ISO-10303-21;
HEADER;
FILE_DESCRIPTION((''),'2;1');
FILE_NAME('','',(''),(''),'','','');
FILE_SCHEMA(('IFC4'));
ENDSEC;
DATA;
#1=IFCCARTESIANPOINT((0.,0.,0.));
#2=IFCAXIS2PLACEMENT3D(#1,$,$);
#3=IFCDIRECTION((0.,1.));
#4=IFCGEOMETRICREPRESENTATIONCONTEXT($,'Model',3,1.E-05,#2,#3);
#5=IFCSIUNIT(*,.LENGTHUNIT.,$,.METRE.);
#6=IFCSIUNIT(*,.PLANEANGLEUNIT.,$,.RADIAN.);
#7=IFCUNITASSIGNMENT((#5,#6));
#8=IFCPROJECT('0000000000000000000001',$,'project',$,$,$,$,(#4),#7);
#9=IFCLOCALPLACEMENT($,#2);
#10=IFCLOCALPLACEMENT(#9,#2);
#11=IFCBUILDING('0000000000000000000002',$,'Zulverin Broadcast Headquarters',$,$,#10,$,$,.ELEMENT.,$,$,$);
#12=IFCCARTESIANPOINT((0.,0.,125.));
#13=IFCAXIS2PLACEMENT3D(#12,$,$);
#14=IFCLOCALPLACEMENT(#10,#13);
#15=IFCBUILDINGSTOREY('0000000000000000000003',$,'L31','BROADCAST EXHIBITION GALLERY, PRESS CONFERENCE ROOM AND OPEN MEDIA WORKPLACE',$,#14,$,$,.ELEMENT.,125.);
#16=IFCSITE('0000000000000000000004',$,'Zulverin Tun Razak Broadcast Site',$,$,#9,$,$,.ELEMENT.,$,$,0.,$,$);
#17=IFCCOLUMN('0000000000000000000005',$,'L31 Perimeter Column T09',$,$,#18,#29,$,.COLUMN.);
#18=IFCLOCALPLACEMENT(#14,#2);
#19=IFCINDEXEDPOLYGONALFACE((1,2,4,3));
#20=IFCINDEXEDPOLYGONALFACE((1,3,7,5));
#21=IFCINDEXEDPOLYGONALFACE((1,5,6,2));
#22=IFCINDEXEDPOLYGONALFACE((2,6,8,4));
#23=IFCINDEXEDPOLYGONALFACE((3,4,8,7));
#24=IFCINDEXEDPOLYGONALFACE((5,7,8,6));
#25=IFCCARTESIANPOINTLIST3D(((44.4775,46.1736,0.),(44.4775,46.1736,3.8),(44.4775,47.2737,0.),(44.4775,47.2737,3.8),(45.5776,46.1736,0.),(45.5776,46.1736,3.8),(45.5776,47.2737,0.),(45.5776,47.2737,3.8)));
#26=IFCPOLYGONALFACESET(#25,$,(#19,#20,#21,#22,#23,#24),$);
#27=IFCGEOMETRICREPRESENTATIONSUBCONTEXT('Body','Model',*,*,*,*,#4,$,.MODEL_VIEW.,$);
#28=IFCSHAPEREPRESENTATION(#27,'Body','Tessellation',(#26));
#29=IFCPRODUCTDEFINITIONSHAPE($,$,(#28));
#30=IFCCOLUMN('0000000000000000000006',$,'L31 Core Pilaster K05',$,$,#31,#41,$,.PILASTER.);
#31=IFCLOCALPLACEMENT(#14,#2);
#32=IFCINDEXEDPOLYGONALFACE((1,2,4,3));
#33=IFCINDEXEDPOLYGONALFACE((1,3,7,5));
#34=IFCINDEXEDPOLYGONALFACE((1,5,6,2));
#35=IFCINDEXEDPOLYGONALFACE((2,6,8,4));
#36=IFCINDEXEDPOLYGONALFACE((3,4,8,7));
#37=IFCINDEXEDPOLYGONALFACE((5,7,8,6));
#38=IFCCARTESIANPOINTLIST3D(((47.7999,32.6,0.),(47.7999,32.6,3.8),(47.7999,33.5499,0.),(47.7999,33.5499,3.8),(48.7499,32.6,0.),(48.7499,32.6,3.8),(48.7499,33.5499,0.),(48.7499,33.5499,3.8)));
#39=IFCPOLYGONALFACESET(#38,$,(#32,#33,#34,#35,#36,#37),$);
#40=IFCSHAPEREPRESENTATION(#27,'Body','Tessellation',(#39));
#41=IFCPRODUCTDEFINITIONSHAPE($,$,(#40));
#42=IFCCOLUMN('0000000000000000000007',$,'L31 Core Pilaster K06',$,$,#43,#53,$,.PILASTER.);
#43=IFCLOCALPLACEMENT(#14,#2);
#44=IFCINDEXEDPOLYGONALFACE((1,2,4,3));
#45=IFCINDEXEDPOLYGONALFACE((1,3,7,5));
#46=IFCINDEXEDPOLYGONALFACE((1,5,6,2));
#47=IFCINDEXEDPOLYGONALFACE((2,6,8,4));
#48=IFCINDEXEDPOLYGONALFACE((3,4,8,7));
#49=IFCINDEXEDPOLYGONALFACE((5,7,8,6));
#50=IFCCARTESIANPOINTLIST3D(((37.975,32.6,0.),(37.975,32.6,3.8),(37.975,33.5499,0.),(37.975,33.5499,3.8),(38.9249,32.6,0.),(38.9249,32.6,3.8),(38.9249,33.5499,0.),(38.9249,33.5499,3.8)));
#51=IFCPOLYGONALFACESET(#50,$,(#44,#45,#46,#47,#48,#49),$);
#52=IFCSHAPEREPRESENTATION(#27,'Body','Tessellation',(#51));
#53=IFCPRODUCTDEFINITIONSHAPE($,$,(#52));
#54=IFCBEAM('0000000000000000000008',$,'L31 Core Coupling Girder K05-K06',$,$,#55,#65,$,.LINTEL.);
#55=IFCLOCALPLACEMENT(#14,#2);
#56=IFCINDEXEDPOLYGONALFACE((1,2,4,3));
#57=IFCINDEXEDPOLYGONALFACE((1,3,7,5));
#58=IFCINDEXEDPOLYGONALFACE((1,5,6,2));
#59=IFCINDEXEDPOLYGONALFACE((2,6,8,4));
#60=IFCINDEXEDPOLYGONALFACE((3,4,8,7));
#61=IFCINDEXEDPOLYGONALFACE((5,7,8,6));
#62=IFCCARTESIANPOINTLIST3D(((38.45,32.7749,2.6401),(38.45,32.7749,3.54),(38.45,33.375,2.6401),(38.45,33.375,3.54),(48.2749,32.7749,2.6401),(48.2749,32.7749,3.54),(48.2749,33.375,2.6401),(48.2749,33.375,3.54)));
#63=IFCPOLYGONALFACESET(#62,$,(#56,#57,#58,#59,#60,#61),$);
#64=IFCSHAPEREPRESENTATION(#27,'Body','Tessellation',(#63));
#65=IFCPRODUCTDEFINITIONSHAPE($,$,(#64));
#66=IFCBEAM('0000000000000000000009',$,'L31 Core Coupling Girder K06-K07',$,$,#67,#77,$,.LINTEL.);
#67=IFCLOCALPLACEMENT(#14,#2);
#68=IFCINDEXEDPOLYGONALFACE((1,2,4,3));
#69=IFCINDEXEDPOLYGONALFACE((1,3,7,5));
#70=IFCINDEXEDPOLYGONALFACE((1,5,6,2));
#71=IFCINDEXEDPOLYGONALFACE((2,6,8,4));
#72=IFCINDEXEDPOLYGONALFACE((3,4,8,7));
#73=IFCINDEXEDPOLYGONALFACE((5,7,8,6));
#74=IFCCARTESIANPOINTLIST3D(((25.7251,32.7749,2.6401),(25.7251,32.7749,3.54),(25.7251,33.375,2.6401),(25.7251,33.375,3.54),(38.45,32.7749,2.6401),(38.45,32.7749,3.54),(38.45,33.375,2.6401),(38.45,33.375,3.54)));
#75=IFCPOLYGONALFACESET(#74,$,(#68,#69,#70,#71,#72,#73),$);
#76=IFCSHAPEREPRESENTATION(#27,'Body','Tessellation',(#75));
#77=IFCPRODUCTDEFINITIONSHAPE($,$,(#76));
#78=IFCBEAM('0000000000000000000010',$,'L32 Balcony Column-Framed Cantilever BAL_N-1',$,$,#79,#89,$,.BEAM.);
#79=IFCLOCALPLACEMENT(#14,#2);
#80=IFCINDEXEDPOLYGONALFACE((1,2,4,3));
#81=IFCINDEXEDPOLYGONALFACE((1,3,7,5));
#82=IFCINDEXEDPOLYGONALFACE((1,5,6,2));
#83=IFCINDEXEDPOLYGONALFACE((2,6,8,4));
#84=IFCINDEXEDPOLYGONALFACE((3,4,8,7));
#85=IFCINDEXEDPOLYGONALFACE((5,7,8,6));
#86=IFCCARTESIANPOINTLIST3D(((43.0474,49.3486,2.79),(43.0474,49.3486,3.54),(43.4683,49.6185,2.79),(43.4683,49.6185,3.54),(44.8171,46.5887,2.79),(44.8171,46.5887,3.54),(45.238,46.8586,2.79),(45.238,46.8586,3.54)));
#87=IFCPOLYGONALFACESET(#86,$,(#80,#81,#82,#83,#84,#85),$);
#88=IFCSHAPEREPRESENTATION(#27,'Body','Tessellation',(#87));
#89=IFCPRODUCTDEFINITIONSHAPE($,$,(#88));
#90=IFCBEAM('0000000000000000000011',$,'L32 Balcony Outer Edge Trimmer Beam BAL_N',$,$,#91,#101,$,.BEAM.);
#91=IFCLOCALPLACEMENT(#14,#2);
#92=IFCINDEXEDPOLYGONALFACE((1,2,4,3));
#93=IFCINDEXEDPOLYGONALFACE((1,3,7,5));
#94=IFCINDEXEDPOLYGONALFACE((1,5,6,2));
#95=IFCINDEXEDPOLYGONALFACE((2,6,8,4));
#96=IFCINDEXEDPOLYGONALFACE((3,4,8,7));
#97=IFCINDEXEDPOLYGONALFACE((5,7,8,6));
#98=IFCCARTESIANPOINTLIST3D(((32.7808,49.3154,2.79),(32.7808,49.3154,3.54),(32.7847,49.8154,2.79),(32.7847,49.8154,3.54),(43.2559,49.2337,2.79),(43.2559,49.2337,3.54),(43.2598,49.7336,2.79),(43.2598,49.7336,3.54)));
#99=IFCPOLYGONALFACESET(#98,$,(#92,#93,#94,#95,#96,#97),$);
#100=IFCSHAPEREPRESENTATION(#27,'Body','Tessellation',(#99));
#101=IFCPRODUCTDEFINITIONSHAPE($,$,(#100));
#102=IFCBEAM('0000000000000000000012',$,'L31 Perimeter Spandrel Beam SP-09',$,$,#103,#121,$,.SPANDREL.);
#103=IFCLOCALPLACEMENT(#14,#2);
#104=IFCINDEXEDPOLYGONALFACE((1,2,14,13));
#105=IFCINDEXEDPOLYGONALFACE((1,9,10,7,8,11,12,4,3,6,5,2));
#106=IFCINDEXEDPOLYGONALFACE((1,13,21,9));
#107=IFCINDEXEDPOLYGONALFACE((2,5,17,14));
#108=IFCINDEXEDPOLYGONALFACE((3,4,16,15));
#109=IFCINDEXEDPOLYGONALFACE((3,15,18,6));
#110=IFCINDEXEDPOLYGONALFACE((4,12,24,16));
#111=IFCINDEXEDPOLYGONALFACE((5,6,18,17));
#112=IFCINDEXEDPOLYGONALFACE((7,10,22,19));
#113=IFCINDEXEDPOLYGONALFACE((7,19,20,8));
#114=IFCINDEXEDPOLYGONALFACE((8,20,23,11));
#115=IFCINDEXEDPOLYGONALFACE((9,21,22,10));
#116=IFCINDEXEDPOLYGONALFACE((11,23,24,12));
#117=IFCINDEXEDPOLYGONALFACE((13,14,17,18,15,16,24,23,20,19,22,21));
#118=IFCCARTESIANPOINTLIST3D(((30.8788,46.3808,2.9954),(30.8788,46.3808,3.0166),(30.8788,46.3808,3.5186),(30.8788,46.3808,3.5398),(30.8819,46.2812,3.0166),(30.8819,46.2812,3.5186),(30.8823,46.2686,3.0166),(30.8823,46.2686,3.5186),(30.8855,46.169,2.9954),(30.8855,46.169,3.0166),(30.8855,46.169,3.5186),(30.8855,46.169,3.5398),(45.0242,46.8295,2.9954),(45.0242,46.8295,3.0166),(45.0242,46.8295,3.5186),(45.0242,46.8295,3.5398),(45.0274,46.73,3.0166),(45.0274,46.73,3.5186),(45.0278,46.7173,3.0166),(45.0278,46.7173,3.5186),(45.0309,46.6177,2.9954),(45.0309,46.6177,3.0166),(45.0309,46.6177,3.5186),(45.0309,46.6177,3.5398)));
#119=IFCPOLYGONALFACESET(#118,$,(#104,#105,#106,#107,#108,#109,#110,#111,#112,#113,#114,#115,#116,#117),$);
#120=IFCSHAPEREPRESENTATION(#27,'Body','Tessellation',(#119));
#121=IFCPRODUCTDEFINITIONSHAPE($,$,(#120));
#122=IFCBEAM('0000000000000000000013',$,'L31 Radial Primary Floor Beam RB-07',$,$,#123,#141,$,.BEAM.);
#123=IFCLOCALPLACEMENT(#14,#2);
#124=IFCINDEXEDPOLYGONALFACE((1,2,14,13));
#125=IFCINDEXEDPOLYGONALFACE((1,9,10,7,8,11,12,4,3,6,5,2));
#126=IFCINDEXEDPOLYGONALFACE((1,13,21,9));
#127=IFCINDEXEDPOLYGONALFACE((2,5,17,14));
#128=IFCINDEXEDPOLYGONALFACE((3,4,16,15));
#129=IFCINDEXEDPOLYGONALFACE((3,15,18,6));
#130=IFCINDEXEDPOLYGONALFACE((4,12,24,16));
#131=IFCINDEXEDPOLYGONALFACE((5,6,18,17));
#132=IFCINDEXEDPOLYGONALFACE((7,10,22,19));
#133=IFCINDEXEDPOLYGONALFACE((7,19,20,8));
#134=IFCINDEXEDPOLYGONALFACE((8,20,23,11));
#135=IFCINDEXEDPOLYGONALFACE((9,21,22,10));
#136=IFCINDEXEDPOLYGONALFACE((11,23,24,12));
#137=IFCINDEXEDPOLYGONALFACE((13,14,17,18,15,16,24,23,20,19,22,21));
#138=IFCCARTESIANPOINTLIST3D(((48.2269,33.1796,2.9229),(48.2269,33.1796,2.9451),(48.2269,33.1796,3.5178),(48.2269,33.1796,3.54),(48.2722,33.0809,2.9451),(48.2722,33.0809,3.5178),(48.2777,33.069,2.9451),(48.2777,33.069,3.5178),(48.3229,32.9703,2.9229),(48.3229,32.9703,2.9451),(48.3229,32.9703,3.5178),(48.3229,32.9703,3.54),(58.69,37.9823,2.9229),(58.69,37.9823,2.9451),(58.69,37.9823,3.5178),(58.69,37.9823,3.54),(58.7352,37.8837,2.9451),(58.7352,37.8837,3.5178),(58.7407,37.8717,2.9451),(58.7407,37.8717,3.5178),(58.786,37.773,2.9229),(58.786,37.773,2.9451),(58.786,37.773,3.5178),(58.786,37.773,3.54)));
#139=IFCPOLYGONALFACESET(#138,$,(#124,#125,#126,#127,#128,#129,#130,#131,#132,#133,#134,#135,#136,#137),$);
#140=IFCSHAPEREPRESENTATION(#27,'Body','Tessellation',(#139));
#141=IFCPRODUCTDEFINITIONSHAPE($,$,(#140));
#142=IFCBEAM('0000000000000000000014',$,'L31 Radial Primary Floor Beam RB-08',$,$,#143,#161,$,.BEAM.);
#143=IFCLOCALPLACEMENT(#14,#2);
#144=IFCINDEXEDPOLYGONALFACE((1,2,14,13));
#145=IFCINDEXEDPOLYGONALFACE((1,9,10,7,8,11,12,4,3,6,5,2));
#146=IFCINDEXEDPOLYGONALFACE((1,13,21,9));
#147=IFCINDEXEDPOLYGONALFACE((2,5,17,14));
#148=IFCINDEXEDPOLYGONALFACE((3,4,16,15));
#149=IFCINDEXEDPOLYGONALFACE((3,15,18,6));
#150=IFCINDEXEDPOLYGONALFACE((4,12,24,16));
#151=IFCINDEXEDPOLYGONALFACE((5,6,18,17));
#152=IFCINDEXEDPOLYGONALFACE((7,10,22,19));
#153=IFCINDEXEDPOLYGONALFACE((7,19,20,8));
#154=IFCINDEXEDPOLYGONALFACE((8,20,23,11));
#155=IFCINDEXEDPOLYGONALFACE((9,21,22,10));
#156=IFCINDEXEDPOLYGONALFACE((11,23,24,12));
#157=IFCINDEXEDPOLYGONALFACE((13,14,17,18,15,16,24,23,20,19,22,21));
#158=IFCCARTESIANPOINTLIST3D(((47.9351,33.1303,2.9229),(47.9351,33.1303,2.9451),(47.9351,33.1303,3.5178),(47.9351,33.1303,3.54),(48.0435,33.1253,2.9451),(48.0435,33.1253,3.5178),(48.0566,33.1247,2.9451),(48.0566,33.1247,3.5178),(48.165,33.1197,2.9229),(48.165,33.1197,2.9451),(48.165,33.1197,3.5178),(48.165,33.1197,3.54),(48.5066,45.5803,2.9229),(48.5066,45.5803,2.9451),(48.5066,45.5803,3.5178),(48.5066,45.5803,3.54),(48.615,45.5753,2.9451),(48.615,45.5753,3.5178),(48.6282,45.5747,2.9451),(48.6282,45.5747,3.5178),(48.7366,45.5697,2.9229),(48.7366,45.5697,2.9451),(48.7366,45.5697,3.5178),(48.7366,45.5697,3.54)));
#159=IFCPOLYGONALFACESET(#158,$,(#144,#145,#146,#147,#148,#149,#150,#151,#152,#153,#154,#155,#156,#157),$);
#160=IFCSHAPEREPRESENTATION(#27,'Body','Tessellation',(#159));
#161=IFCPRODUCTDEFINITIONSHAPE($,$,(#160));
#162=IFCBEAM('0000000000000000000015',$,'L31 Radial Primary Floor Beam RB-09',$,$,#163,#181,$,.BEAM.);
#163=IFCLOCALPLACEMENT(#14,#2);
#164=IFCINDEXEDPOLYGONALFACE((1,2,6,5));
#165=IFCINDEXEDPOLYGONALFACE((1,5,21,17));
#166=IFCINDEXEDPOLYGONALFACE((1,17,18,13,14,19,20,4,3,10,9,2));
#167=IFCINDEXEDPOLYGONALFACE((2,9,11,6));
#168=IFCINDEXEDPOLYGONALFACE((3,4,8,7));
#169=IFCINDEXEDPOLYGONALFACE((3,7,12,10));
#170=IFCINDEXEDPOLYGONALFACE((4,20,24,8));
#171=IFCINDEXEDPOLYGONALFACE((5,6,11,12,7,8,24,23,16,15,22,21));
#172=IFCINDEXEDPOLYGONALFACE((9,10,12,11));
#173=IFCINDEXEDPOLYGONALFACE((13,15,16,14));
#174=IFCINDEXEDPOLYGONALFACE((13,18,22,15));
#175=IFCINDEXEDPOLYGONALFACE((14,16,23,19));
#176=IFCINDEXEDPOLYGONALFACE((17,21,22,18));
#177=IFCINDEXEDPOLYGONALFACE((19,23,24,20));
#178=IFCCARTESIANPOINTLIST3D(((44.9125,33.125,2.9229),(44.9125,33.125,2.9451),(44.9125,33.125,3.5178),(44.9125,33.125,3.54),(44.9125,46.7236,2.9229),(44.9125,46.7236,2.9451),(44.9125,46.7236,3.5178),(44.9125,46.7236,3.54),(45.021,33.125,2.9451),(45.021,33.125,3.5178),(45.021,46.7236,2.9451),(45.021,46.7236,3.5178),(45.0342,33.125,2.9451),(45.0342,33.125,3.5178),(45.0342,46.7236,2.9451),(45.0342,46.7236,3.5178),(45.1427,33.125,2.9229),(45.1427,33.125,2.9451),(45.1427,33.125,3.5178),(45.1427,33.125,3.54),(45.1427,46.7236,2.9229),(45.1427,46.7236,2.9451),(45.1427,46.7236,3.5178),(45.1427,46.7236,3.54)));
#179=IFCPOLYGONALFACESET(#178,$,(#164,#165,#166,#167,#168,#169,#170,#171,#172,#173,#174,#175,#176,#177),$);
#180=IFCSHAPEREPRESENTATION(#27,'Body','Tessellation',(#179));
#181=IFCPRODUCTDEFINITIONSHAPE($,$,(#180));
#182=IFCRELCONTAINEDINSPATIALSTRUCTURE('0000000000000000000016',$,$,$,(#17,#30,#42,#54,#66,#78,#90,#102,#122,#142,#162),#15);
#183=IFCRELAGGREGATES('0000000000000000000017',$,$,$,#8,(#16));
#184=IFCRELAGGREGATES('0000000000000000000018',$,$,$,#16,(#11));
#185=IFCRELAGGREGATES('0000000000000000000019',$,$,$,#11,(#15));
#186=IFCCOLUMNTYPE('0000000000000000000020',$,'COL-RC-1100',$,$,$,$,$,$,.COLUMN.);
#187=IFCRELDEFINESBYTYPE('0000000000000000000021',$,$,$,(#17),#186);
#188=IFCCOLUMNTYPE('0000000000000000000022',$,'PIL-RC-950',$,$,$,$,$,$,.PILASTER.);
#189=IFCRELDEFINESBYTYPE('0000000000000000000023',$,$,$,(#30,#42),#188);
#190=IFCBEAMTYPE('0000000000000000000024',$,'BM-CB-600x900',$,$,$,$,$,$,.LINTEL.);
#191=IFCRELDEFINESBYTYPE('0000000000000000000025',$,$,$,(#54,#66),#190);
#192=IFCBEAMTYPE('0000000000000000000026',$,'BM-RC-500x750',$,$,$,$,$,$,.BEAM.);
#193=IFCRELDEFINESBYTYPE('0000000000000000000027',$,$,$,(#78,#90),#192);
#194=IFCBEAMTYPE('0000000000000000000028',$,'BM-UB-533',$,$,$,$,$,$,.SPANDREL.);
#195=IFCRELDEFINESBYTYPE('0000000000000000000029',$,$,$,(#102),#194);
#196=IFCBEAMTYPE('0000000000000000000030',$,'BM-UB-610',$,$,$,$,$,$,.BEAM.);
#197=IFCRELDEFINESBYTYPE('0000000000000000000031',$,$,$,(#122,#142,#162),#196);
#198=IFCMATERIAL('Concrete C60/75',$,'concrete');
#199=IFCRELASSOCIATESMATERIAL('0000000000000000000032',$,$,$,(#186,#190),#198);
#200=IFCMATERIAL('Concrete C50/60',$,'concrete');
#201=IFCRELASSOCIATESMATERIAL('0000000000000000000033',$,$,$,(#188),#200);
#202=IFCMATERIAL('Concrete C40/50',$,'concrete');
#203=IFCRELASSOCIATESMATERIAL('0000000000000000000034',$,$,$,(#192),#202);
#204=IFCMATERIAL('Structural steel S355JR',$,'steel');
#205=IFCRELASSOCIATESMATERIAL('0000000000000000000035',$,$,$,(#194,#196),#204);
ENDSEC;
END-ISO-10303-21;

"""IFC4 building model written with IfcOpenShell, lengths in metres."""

from ifc_helpers import new_model, si_unit, direction, frame, origin, origin_2d, place, context, subcontext, project, spatial, rectangle, i_section, extrude, material, material_profile, profile_set, type_object, element, save


model = new_model("IFC4")

# Units and contexts
model_context = context("Model", 3, precision=1e-05, world=origin(), true_north=direction((0.0, 1.0)))
body_context = subcontext(model_context, "Body", "Model", "MODEL_VIEW")
ifc_project = project(units=[si_unit("LENGTHUNIT", "METRE"), si_unit("PLANEANGLEUNIT", "RADIAN")], contexts=[model_context])

# Site, building, storey
site_placement = place(None, origin())
site = spatial("IfcSite", under=ifc_project, at=site_placement, Name="Zulverin Tun Razak Broadcast Site", CompositionType="ELEMENT", RefElevation=0.0)
building_placement = place(site_placement, origin())
building = spatial("IfcBuilding", under=site, at=building_placement, Name="Zulverin Broadcast Headquarters", CompositionType="ELEMENT")
storey_placement = place(building_placement, frame((0.0, 0.0, 125.0)))
storey = spatial("IfcBuildingStorey", under=building, at=storey_placement, Name="L31", Description="BROADCAST EXHIBITION GALLERY, PRESS CONFERENCE ROOM AND OPEN MEDIA WORKPLACE", CompositionType="ELEMENT", Elevation=125.0)

# Columns
ifc_material_1 = material(Name="Concrete C60/75", Category="concrete")
ifc_material_profile_1 = material_profile(ifc_material_1, rectangle(XDim=1.1001, YDim=1.1001, at=origin_2d()), Name="Concrete C60/75", Category="concrete")
ifc_profile_set_1 = profile_set([ifc_material_profile_1], Name="Concrete C60/75")
column_type_1 = type_object("IfcColumnType", Name="COL-RC-1100", PredefinedType="COLUMN", material=ifc_profile_set_1)
column_placement = place(storey_placement, frame((45.0276, 46.7236, 0.0), z_axis=(0.0, 0.0, 1.0), x_axis=(1.0, 0.0, 0.0)))
element("IfcColumn", 1, at=column_placement, inside=storey, type_object=column_type_1, Name="L31 Perimeter Column T09", PredefinedType="COLUMN", context=body_context, shape_type="SweptSolid", body=[
    extrude(rectangle(XDim=1.1001, YDim=1.1001, at=origin_2d()), origin(), (0.0, 0.0, 1.0), 3.8),
])
ifc_material_2 = material(Name="Concrete C50/60", Category="concrete")
ifc_material_profile_2 = material_profile(ifc_material_2, rectangle(XDim=0.95, YDim=0.95, at=origin_2d()), Name="Concrete C50/60", Category="concrete")
ifc_profile_set_2 = profile_set([ifc_material_profile_2], Name="Concrete C50/60")
column_type_2 = type_object("IfcColumnType", Name="PIL-RC-950", PredefinedType="PILASTER", material=ifc_profile_set_2)
for number, where, z_axis, x_axis, name in (
    (2, (48.2749, 33.075, 0.0), (0.0, 0.0, 1.0), (1.0, 0.0, 0.0), "L31 Core Pilaster K05"),
    (3, (38.45, 33.075, 0.0), (0.0, 0.0, 1.0), (1.0, 0.0, 0.0), "L31 Core Pilaster K06"),
):
    element("IfcColumn", number, at=place(storey_placement, frame(where, z_axis=z_axis, x_axis=x_axis)), inside=storey, type_object=column_type_2, Name=name, PredefinedType="PILASTER", context=body_context, shape_type="SweptSolid", body=[
        extrude(rectangle(XDim=0.95, YDim=0.95, at=origin_2d()), origin(), (0.0, 0.0, 1.0), 3.8),
    ])

# Beams
ifc_material_profile_3 = material_profile(ifc_material_1, rectangle(XDim=0.6001, YDim=0.8999, at=origin_2d()), Name="Concrete C60/75", Category="concrete")
ifc_profile_set_3 = profile_set([ifc_material_profile_3], Name="Concrete C60/75")
beam_type_1 = type_object("IfcBeamType", Name="BM-CB-600x900", PredefinedType="LINTEL", material=ifc_profile_set_3)
beam_1_placement = place(storey_placement, frame((48.2749, 33.075, 3.0901), z_axis=(-1.0, 0.0, 0.0), x_axis=(0.0, -1.0, 0.0)))
element("IfcBeam", 4, at=beam_1_placement, inside=storey, type_object=beam_type_1, Name="L31 Core Coupling Girder K05-K06", PredefinedType="LINTEL", context=body_context, shape_type="SweptSolid", body=[
    extrude(rectangle(XDim=0.6001, YDim=0.8999, at=origin_2d()), origin(), (0.0, 0.0, 1.0), 9.825),
])
beam_2_placement = place(storey_placement, frame((38.45, 33.075, 3.0901), z_axis=(-1.0, 0.0, 0.0), x_axis=(0.0, -1.0, 0.0)))
element("IfcBeam", 5, at=beam_2_placement, inside=storey, type_object=beam_type_1, Name="L31 Core Coupling Girder K06-K07", PredefinedType="LINTEL", context=body_context, shape_type="SweptSolid", body=[
    extrude(rectangle(XDim=0.6001, YDim=0.8999, at=origin_2d()), origin(), (0.0, 0.0, 1.0), 12.7249),
])
ifc_material_3 = material(Name="Concrete C40/50", Category="concrete")
ifc_material_profile_4 = material_profile(ifc_material_3, rectangle(XDim=0.5, YDim=0.75, at=origin_2d()), Name="Concrete C40/50", Category="concrete")
ifc_profile_set_4 = profile_set([ifc_material_profile_4], Name="Concrete C40/50")
beam_type_2 = type_object("IfcBeamType", Name="BM-RC-500x750", PredefinedType="BEAM", material=ifc_profile_set_4)
beam_3_placement = place(storey_placement, frame((45.0276, 46.7236, 3.165), z_axis=(-0.539782, 0.841805, 0.0), x_axis=(-0.841805, -0.539782, 0.0)))
element("IfcBeam", 6, at=beam_3_placement, inside=storey, type_object=beam_type_2, Name="L32 Balcony Column-Framed Cantilever BAL_N-1", PredefinedType="BEAM", context=body_context, shape_type="SweptSolid", body=[
    extrude(rectangle(XDim=0.5, YDim=0.75, at=origin_2d()), origin(), (0.0, 0.0, 1.0), 3.2786),
])
beam_4_placement = place(storey_placement, frame((43.2578, 49.4836, 3.165), z_axis=(-0.99997, 0.007808, 0.0), x_axis=(-0.007808, -0.99997, 0.0)))
element("IfcBeam", 7, at=beam_4_placement, inside=storey, type_object=beam_type_2, Name="L32 Balcony Outer Edge Trimmer Beam BAL_N", PredefinedType="BEAM", context=body_context, shape_type="SweptSolid", body=[
    extrude(rectangle(XDim=0.5, YDim=0.75, at=origin_2d()), origin(), (0.0, 0.0, 1.0), 10.4753),
])
ifc_material_4 = material(Name="Structural steel S355JR", Category="steel")
ifc_material_profile_5 = material_profile(ifc_material_4, i_section(OverallWidth=0.2119, OverallDepth=0.5444, WebThickness=0.0127, FlangeThickness=0.0212, at=origin_2d()), Name="Structural steel S355JR", Category="steel")
ifc_profile_set_5 = profile_set([ifc_material_profile_5], Name="Structural steel S355JR")
beam_type_3 = type_object("IfcBeamType", Name="BM-UB-533", PredefinedType="SPANDREL", material=ifc_profile_set_5)
beam_5_placement = place(storey_placement, frame((45.0276, 46.7236, 3.2676), z_axis=(-0.999497, -0.031707, 0.0), x_axis=(0.031707, -0.999497, 0.0)))
element("IfcBeam", 8, at=beam_5_placement, inside=storey, type_object=beam_type_3, Name="L31 Perimeter Spandrel Beam SP-09", PredefinedType="SPANDREL", context=body_context, shape_type="SweptSolid", body=[
    extrude(i_section(OverallWidth=0.2119, OverallDepth=0.5444, WebThickness=0.0127, FlangeThickness=0.0212, at=origin_2d()), origin(), (0.0, 0.0, 1.0), 14.1526),
])
ifc_material_profile_6 = material_profile(ifc_material_4, i_section(OverallWidth=0.2302, OverallDepth=0.6172, WebThickness=0.0132, FlangeThickness=0.0222, at=origin_2d()), Name="Structural steel S355JR", Category="steel")
ifc_profile_set_6 = profile_set([ifc_material_profile_6], Name="Structural steel S355JR")
beam_type_4 = type_object("IfcBeamType", Name="BM-UB-610", PredefinedType="BEAM", material=ifc_profile_set_6)
beam_6_placement = place(storey_placement, frame((48.2749, 33.075, 3.2314), z_axis=(0.90883, 0.417167, 0.0), x_axis=(-0.417167, 0.90883, 0.0)))
element("IfcBeam", 9, at=beam_6_placement, inside=storey, type_object=beam_type_4, Name="L31 Radial Primary Floor Beam RB-07", PredefinedType="BEAM", context=body_context, shape_type="SweptSolid", body=[
    extrude(i_section(OverallWidth=0.2302, OverallDepth=0.6172, WebThickness=0.0132, FlangeThickness=0.0222, at=origin_2d()), origin(), (0.0, 0.0, 1.0), 11.5127),
])
beam_7_placement = place(storey_placement, frame((48.05, 33.125, 3.2314), z_axis=(0.045858, 0.998948, 0.0), x_axis=(-0.998948, 0.045858, 0.0)))
element("IfcBeam", 10, at=beam_7_placement, inside=storey, type_object=beam_type_4, Name="L31 Radial Primary Floor Beam RB-08", PredefinedType="BEAM", context=body_context, shape_type="SweptSolid", body=[
    extrude(i_section(OverallWidth=0.2302, OverallDepth=0.6172, WebThickness=0.0132, FlangeThickness=0.0222, at=origin_2d()), origin(), (0.0, 0.0, 1.0), 12.4631),
])
beam_8_placement = place(storey_placement, frame((45.0276, 33.125, 3.2314), z_axis=(0.0, 1.0, 0.0), x_axis=(-1.0, 0.0, 0.0)))
element("IfcBeam", 11, at=beam_8_placement, inside=storey, type_object=beam_type_4, Name="L31 Radial Primary Floor Beam RB-09", PredefinedType="BEAM", context=body_context, shape_type="SweptSolid", body=[
    extrude(i_section(OverallWidth=0.2302, OverallDepth=0.6172, WebThickness=0.0132, FlangeThickness=0.0222, at=origin_2d()), origin(), (0.0, 0.0, 1.0), 13.5986),
])

save(model, "model.ifc")
